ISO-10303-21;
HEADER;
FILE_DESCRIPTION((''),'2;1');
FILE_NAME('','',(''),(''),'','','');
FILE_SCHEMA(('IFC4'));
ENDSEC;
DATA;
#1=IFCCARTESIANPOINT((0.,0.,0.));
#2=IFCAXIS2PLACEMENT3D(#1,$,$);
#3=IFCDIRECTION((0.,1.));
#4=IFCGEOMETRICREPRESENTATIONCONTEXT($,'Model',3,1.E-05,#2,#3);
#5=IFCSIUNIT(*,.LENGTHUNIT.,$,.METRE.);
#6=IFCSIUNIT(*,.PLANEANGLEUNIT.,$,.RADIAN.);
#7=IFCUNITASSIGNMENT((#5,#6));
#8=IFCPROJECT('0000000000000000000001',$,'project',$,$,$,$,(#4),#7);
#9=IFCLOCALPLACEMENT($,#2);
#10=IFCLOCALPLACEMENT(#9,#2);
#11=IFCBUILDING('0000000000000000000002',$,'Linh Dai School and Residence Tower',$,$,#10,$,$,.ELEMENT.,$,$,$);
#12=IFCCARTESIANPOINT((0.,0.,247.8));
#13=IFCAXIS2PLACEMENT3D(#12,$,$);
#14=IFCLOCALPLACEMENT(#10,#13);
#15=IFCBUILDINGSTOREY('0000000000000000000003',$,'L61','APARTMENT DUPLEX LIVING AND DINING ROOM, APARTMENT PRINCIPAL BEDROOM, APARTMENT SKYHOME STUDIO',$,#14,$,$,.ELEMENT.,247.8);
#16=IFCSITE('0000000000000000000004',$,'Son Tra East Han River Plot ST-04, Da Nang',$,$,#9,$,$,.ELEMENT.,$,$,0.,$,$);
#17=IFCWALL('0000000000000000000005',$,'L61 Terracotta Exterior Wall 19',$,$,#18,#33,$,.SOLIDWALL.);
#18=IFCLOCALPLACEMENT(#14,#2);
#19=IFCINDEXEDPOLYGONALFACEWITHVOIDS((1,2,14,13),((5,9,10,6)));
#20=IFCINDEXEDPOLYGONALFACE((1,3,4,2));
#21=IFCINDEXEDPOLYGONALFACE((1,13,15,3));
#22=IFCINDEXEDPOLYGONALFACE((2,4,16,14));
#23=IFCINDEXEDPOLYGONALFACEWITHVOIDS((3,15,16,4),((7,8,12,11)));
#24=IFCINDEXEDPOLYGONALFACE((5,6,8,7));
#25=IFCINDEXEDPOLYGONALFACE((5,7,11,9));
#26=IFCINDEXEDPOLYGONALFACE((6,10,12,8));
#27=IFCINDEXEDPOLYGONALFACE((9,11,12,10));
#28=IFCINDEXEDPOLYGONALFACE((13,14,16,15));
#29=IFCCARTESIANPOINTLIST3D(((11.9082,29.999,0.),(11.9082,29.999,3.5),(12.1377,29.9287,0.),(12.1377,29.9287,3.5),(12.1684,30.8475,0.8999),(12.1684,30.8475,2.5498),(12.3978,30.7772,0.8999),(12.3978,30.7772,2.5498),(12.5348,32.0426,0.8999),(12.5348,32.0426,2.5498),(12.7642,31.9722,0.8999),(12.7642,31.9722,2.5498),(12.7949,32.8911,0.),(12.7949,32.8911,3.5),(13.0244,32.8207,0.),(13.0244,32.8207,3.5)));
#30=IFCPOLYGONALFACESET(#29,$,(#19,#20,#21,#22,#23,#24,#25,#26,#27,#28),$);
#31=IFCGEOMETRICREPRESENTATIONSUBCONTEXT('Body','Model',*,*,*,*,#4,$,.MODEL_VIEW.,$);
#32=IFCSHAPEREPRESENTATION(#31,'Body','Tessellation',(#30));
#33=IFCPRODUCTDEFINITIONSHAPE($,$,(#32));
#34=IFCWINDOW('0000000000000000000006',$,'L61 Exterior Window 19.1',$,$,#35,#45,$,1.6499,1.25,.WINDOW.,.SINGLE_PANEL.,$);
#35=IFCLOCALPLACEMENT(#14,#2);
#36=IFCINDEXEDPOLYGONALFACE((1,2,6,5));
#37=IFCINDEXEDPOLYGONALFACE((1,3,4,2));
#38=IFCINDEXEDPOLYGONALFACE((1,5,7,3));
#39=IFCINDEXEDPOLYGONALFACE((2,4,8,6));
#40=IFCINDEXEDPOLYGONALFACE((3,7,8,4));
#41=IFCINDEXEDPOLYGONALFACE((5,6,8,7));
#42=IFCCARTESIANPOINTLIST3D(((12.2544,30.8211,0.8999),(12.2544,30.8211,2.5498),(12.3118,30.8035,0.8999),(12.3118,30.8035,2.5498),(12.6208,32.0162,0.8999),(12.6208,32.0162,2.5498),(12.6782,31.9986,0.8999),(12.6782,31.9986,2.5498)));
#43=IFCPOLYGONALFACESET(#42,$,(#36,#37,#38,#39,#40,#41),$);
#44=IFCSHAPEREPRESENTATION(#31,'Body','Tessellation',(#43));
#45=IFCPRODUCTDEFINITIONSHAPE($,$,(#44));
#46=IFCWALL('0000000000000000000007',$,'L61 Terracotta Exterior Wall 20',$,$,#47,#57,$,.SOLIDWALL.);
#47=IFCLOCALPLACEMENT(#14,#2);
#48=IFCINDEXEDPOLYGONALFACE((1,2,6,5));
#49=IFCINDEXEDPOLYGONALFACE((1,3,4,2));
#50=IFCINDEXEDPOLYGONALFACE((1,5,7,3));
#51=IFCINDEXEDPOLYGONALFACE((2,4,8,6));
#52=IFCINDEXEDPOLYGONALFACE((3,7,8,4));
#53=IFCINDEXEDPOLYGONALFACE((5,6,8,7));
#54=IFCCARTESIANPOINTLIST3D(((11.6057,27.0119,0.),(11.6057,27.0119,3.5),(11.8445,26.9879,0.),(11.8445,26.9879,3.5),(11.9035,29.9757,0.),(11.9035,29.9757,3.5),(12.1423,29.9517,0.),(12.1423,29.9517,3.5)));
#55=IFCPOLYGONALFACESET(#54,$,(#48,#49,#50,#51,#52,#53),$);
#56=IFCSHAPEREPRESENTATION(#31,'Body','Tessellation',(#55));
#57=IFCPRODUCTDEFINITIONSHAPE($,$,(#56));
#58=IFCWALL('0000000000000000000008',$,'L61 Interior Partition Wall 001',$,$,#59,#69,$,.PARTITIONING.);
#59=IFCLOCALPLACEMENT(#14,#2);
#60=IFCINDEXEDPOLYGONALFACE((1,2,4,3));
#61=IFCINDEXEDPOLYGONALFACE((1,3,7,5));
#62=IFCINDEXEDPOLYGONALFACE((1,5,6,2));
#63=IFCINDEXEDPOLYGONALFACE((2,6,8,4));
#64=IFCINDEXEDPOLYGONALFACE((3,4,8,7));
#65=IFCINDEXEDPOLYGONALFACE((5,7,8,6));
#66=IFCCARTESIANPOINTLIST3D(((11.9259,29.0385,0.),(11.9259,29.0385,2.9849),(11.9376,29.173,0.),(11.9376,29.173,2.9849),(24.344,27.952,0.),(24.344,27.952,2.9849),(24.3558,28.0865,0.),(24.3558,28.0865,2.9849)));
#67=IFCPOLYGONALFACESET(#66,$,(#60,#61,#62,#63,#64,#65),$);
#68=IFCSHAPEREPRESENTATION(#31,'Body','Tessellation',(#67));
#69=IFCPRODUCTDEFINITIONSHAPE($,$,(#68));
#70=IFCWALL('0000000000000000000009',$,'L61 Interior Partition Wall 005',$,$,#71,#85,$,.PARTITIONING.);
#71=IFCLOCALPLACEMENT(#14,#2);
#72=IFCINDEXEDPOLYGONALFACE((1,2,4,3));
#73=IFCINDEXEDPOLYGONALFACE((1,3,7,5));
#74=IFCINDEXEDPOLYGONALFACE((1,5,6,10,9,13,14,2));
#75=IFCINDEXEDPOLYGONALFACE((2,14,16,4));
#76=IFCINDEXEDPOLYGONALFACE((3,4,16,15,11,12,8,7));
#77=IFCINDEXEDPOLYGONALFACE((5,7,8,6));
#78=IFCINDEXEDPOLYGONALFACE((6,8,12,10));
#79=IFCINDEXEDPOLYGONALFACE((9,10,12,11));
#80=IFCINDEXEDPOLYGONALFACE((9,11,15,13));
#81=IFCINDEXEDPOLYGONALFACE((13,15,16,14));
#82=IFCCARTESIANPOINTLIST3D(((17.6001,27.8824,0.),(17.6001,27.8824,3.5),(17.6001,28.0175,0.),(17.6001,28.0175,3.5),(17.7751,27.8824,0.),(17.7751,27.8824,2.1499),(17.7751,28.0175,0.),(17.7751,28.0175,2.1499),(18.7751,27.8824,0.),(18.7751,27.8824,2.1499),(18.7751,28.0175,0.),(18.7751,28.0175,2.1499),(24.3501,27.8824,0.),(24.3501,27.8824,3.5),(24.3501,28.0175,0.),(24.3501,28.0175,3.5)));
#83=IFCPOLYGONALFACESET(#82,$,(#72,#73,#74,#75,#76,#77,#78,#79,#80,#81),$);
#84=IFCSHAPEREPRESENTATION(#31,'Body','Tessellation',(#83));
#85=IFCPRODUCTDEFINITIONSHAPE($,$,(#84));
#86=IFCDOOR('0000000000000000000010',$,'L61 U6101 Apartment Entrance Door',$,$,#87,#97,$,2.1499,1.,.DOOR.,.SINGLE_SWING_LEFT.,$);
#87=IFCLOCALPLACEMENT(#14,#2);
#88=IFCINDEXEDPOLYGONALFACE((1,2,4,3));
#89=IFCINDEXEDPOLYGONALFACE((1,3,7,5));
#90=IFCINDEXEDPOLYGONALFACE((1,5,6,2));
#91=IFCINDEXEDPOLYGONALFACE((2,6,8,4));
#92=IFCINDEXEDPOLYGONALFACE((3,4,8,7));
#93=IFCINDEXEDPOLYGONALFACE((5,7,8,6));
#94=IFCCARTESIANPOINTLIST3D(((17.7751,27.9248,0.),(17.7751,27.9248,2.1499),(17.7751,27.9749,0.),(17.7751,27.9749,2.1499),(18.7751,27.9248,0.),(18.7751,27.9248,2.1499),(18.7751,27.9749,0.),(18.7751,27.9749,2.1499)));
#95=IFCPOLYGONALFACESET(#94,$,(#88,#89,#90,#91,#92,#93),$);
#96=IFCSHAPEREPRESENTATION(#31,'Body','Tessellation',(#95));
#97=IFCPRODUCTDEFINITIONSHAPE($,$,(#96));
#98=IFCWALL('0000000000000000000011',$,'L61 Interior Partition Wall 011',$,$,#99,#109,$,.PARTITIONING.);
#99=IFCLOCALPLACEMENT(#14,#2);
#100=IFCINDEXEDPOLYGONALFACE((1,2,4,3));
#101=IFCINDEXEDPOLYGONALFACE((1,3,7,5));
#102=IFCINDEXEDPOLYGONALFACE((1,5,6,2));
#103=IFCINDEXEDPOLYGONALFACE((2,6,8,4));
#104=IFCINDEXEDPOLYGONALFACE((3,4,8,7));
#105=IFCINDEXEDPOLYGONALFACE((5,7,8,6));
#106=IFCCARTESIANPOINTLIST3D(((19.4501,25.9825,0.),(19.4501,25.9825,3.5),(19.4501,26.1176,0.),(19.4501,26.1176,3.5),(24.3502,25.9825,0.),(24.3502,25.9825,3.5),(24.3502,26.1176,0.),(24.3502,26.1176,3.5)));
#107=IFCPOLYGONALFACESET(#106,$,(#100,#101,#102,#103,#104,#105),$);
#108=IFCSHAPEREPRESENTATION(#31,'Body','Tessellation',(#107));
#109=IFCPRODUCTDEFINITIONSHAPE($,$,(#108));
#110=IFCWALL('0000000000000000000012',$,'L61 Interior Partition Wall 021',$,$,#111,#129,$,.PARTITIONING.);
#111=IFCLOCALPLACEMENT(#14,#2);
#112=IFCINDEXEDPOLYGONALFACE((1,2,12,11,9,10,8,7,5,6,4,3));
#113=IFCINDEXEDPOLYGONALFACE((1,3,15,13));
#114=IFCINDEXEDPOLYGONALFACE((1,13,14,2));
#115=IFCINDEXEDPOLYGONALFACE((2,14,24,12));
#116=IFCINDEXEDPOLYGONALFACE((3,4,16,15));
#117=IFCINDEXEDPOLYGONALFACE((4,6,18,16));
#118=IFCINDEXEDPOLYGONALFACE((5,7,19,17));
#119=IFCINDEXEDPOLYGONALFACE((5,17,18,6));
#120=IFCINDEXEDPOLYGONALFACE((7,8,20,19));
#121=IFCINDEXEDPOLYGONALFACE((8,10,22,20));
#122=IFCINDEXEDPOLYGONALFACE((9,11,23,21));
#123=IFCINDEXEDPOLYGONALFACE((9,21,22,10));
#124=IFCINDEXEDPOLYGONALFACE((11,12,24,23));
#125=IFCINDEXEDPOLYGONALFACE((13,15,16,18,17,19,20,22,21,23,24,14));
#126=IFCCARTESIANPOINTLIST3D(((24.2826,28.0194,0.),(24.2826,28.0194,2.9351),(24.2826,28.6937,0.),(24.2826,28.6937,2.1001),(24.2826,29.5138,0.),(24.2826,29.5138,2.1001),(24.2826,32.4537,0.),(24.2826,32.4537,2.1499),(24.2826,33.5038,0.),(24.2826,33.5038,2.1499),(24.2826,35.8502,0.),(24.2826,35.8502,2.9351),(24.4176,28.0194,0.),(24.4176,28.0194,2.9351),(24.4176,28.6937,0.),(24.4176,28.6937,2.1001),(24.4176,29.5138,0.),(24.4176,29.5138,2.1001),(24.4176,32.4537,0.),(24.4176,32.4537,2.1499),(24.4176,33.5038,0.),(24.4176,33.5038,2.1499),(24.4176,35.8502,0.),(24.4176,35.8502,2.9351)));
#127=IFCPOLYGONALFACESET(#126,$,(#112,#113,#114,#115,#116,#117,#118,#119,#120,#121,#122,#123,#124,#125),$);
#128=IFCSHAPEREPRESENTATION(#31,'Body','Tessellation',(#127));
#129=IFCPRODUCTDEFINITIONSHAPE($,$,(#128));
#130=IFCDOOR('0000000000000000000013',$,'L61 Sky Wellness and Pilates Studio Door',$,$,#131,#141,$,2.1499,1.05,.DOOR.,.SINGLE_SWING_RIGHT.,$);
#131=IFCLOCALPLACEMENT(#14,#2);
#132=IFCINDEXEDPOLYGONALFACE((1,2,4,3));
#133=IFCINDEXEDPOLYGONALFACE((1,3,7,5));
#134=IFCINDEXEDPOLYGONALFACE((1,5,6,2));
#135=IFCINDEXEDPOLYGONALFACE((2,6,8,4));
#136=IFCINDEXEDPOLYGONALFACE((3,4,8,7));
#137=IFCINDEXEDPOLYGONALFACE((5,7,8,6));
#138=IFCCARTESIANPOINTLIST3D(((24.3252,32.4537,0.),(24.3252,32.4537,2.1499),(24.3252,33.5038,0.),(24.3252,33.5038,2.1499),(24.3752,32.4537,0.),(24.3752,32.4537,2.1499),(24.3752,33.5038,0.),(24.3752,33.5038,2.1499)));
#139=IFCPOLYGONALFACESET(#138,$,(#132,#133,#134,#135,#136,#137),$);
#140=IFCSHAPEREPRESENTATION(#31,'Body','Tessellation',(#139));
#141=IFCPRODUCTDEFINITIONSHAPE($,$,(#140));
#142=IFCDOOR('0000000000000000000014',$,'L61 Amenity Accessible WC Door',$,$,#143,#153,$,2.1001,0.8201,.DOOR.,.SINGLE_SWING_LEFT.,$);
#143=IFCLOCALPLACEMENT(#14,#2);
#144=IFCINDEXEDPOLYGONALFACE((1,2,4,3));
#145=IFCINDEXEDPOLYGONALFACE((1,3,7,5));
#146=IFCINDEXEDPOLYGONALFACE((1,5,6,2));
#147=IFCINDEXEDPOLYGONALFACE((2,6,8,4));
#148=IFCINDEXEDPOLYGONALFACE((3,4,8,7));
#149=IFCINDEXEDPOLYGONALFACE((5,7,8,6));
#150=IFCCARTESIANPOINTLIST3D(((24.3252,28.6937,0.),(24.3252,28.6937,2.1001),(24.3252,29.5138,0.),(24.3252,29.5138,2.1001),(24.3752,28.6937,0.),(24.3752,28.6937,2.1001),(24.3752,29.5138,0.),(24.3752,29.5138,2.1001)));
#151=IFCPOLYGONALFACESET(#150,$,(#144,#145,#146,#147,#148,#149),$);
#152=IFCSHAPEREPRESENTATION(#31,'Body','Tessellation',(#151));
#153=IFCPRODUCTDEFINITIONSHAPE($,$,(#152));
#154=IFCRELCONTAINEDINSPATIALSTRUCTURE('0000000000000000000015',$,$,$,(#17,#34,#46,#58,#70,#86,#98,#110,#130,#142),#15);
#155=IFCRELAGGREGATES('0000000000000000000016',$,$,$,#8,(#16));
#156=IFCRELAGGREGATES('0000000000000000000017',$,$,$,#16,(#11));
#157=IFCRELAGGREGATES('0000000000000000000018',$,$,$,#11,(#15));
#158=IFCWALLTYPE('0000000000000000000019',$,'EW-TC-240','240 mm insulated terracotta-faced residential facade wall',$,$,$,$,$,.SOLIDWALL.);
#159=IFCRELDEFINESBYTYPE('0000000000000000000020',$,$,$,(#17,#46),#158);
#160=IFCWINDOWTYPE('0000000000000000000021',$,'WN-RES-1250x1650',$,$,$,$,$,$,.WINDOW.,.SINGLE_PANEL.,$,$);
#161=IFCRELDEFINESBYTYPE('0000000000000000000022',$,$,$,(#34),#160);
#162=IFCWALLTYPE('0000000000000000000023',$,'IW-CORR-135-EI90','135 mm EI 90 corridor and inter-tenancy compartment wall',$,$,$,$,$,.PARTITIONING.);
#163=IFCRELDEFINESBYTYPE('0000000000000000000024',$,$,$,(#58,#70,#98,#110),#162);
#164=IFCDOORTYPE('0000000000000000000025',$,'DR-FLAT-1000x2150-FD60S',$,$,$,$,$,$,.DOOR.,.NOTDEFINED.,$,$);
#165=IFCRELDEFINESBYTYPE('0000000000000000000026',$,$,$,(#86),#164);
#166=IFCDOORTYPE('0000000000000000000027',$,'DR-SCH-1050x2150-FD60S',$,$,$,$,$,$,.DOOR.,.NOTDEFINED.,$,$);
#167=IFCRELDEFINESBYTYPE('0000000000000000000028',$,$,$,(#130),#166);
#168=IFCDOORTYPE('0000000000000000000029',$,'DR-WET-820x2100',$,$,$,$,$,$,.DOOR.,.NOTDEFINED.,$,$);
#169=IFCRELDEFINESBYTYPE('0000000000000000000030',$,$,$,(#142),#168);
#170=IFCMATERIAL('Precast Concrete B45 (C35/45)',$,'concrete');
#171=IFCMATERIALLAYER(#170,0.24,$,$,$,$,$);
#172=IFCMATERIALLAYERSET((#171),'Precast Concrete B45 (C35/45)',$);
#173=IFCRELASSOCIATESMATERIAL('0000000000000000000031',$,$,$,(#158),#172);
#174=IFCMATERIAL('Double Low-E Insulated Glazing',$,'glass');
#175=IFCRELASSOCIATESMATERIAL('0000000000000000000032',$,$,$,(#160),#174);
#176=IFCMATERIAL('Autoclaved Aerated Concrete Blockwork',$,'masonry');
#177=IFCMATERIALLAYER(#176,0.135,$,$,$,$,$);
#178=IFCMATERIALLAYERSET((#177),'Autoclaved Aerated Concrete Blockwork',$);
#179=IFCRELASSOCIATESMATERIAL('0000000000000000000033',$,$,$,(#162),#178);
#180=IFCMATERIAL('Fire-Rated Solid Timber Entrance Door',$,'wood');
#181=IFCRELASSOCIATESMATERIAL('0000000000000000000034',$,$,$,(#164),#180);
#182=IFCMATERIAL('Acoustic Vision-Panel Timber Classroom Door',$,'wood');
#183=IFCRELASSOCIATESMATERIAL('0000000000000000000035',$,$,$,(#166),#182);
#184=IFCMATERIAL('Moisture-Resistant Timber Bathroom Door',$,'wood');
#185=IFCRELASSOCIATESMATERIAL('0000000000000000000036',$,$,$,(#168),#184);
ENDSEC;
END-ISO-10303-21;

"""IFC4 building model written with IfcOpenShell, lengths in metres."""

from ifc_helpers import new_model, si_unit, direction, frame, frame_2d, origin, origin_2d, place, context, subcontext, project, spatial, rectangle, extrude, source, transform, mapped, material, layer, layer_set, type_object, element, fill, save


model = new_model("IFC4")

# Units and contexts
model_context = context("Model", 3, precision=1e-05, world=origin(), true_north=direction((0.0, 1.0)))
body_context = subcontext(model_context, "Body", "Model", "MODEL_VIEW")
ifc_project = project(units=[si_unit("LENGTHUNIT", "METRE"), si_unit("PLANEANGLEUNIT", "RADIAN")], contexts=[model_context])

# Site, building, storey
site_placement = place(None, origin())
site = spatial("IfcSite", under=ifc_project, at=site_placement, Name="Son Tra East Han River Plot ST-04, Da Nang", CompositionType="ELEMENT", RefElevation=0.0)
building_placement = place(site_placement, origin())
building = spatial("IfcBuilding", under=site, at=building_placement, Name="Linh Dai School and Residence Tower", CompositionType="ELEMENT")
storey_placement = place(building_placement, frame((0.0, 0.0, 247.8)))
storey = spatial("IfcBuildingStorey", under=building, at=storey_placement, Name="L61", Description="APARTMENT DUPLEX LIVING AND DINING ROOM, APARTMENT PRINCIPAL BEDROOM, APARTMENT SKYHOME STUDIO", CompositionType="ELEMENT", Elevation=247.8)

# Shared definitions
ifc_material_1 = material(Name="Precast Concrete B45 (C35/45)", Category="concrete")
ifc_layer_1 = layer(ifc_material_1, 0.24)
ifc_layer_set_1 = layer_set([ifc_layer_1], Name="Precast Concrete B45 (C35/45)")
wall_type_1 = type_object("IfcWallType", Name="EW-TC-240", Description="240 mm insulated terracotta-faced residential facade wall", PredefinedType="SOLIDWALL", material=ifc_layer_set_1)

# Wall, opening, window
wall_1_placement = place(storey_placement, frame((12.0229, 29.9639, 0.0), z_axis=(0.0, 0.0, 1.0), x_axis=(0.293133, 0.956072, 0.0)))
wall_1 = element("IfcWall", 1, at=wall_1_placement, inside=storey, type_object=wall_type_1, Name="L61 Terracotta Exterior Wall 19", PredefinedType="SOLIDWALL", context=body_context, shape_type="SweptSolid", body=[
    extrude(rectangle(XDim=3.0249, YDim=0.24, at=frame_2d((1.5125, 0.0))), origin(), (0.0, 0.0, 1.0), 3.5),
])
opening_1_placement = place(wall_1_placement, frame((0.8875, 0.0, 0.8999)))
opening_1 = element("IfcOpeningElement", 2, at=opening_1_placement, cuts=wall_1, PredefinedType="OPENING", context=body_context, shape_type="SweptSolid", body=[
    extrude(rectangle(XDim=1.25, YDim=1.6499, at=origin_2d()), frame((0.625, 0.1299, 0.825), z_axis=(0.0, -1.0, 0.0), x_axis=(1.0, 0.0, 0.0)), (0.0, 0.0, 1.0), 0.26),
])
ifc_material_2 = material(Name="Double Low-E Insulated Glazing", Category="glass")
window_type = type_object("IfcWindowType", Name="WN-RES-1250x1650", PartitioningType="SINGLE_PANEL", PredefinedType="WINDOW", material=ifc_material_2)
shared_shape_1 = source(origin(), body_context, "Body", "SweptSolid", [
    extrude(rectangle(XDim=1.25, YDim=1.6499, at=origin_2d()), frame((0.625, 0.03, 0.825), z_axis=(0.0, -1.0, 0.0), x_axis=(1.0, 0.0, 0.0)), (0.0, 0.0, 1.0), 0.0601),
])
window_placement = place(opening_1_placement, origin())
window = element("IfcWindow", 3, at=window_placement, inside=storey, type_object=window_type, Name="L61 Exterior Window 19.1", OverallHeight=1.6499, OverallWidth=1.25, PartitioningType="SINGLE_PANEL", PredefinedType="WINDOW", context=body_context, shape_type="MappedRepresentation", body=[
    mapped(shared_shape_1, transform((0.0, 0.0, 0.0), x_axis=(1.0, 0.0, 0.0), y_axis=(0.0, 1.0, 0.0), z_axis=(0.0, 0.0, 1.0), scale=1.0)),
])
fill(opening_1, window)

# Walls
wall_2_placement = place(storey_placement, frame((11.7251, 27.0, 0.0), z_axis=(0.0, 0.0, 1.0), x_axis=(0.099991, 0.994988, 0.0)))
element("IfcWall", 4, at=wall_2_placement, inside=storey, type_object=wall_type_1, Name="L61 Terracotta Exterior Wall 20", PredefinedType="SOLIDWALL", context=body_context, shape_type="SweptSolid", body=[
    extrude(rectangle(XDim=2.9788, YDim=0.24, at=frame_2d((1.4893, 0.0))), origin(), (0.0, 0.0, 1.0), 3.5),
])
ifc_material_3 = material(Name="Autoclaved Aerated Concrete Blockwork", Category="masonry")
ifc_layer_2 = layer(ifc_material_3, 0.135)
ifc_layer_set_2 = layer_set([ifc_layer_2], Name="Autoclaved Aerated Concrete Blockwork")
wall_type_2 = type_object("IfcWallType", Name="IW-CORR-135-EI90", Description="135 mm EI 90 corridor and inter-tenancy compartment wall", PredefinedType="PARTITIONING", material=ifc_layer_set_2)
wall_3_placement = place(storey_placement, frame((11.9316, 29.1057, 0.0), z_axis=(0.0, 0.0, 1.0), x_axis=(0.996195, -0.087154, 0.0)))
element("IfcWall", 5, at=wall_3_placement, inside=storey, type_object=wall_type_2, Name="L61 Interior Partition Wall 001", PredefinedType="PARTITIONING", context=body_context, shape_type="SweptSolid", body=[
    extrude(rectangle(XDim=12.4656, YDim=0.135, at=frame_2d((6.2329, 0.0))), origin(), (0.0, 0.0, 1.0), 2.9849),
])

# Wall, opening, door
wall_4_placement = place(storey_placement, frame((17.6001, 27.95, 0.0), z_axis=(0.0, 0.0, 1.0), x_axis=(1.0, 0.0, 0.0)))
wall_4 = element("IfcWall", 6, at=wall_4_placement, inside=storey, type_object=wall_type_2, Name="L61 Interior Partition Wall 005", PredefinedType="PARTITIONING", context=body_context, shape_type="SweptSolid", body=[
    extrude(rectangle(XDim=6.75, YDim=0.135, at=frame_2d((3.375, 0.0))), origin(), (0.0, 0.0, 1.0), 3.5),
])
opening_2_placement = place(wall_4_placement, frame((0.175, 0.0, 0.0)))
opening_2 = element("IfcOpeningElement", 7, at=opening_2_placement, cuts=wall_4, PredefinedType="OPENING", context=body_context, shape_type="SweptSolid", body=[
    extrude(rectangle(XDim=1.0, YDim=2.1499, at=origin_2d()), frame((0.5, 0.0776, 1.075), z_axis=(0.0, -1.0, 0.0), x_axis=(1.0, 0.0, 0.0)), (0.0, 0.0, 1.0), 0.155),
])
ifc_material_4 = material(Name="Fire-Rated Solid Timber Entrance Door", Category="wood")
door_type_1 = type_object("IfcDoorType", Name="DR-FLAT-1000x2150-FD60S", OperationType="NOTDEFINED", PredefinedType="DOOR", material=ifc_material_4)
shared_shape_2 = source(origin(), body_context, "Body", "SweptSolid", [
    extrude(rectangle(XDim=1.0, YDim=2.1499, at=origin_2d()), frame((0.5, 0.0249, 1.075), z_axis=(0.0, -1.0, 0.0), x_axis=(1.0, 0.0, 0.0)), (0.0, 0.0, 1.0), 0.05),
])
door_1_placement = place(opening_2_placement, origin())
door_1 = element("IfcDoor", 8, at=door_1_placement, inside=storey, type_object=door_type_1, Name="L61 U6101 Apartment Entrance Door", OperationType="SINGLE_SWING_LEFT", OverallHeight=2.1499, OverallWidth=1.0, PredefinedType="DOOR", context=body_context, shape_type="MappedRepresentation", body=[
    mapped(shared_shape_2, transform((0.0, 0.0, 0.0), x_axis=(1.0, 0.0, 0.0), y_axis=(0.0, 1.0, 0.0), z_axis=(0.0, 0.0, 1.0), scale=1.0)),
])
fill(opening_2, door_1)

# Wall
wall_5_placement = place(storey_placement, frame((19.45, 26.05, 0.0), z_axis=(0.0, 0.0, 1.0), x_axis=(1.0, 0.0, 0.0)))
element("IfcWall", 9, at=wall_5_placement, inside=storey, type_object=wall_type_2, Name="L61 Interior Partition Wall 011", PredefinedType="PARTITIONING", context=body_context, shape_type="SweptSolid", body=[
    extrude(rectangle(XDim=4.9001, YDim=0.135, at=frame_2d((2.4502, 0.0))), origin(), (0.0, 0.0, 1.0), 3.5),
])

# Wall, openings, doors
wall_6_placement = place(storey_placement, frame((24.3501, 28.0193, 0.0), z_axis=(0.0, 0.0, 1.0), x_axis=(0.0, 1.0, 0.0)))
wall_6 = element("IfcWall", 10, at=wall_6_placement, inside=storey, type_object=wall_type_2, Name="L61 Interior Partition Wall 021", PredefinedType="PARTITIONING", context=body_context, shape_type="SweptSolid", body=[
    extrude(rectangle(XDim=7.8308, YDim=0.135, at=frame_2d((3.9155, 0.0))), origin(), (0.0, 0.0, 1.0), 2.9351),
])
opening_3_placement = place(wall_6_placement, frame((4.4346, 0.0, 0.0)))
opening_3 = element("IfcOpeningElement", 11, at=opening_3_placement, cuts=wall_6, PredefinedType="OPENING", context=body_context, shape_type="SweptSolid", body=[
    extrude(rectangle(XDim=1.05, YDim=2.1499, at=origin_2d()), frame((0.5249, 0.0776, 1.075), z_axis=(0.0, -1.0, 0.0), x_axis=(1.0, 0.0, 0.0)), (0.0, 0.0, 1.0), 0.155),
])
opening_4_placement = place(wall_6_placement, frame((0.6743, 0.0, 0.0)))
opening_4 = element("IfcOpeningElement", 12, at=opening_4_placement, cuts=wall_6, PredefinedType="OPENING", context=body_context, shape_type="SweptSolid", body=[
    extrude(rectangle(XDim=0.8201, YDim=2.1001, at=origin_2d()), frame((0.4102, 0.0776, 1.05), z_axis=(0.0, -1.0, 0.0), x_axis=(1.0, 0.0, 0.0)), (0.0, 0.0, 1.0), 0.155),
])
ifc_material_5 = material(Name="Acoustic Vision-Panel Timber Classroom Door", Category="wood")
door_type_2 = type_object("IfcDoorType", Name="DR-SCH-1050x2150-FD60S", OperationType="NOTDEFINED", PredefinedType="DOOR", material=ifc_material_5)
shared_shape_3 = source(origin(), body_context, "Body", "SweptSolid", [
    extrude(rectangle(XDim=1.05, YDim=2.1499, at=origin_2d()), frame((0.5249, 0.0249, 1.075), z_axis=(0.0, -1.0, 0.0), x_axis=(1.0, 0.0, 0.0)), (0.0, 0.0, 1.0), 0.05),
])
door_2_placement = place(opening_3_placement, origin())
door_2 = element("IfcDoor", 13, at=door_2_placement, inside=storey, type_object=door_type_2, Name="L61 Sky Wellness and Pilates Studio Door", OperationType="SINGLE_SWING_RIGHT", OverallHeight=2.1499, OverallWidth=1.05, PredefinedType="DOOR", context=body_context, shape_type="MappedRepresentation", body=[
    mapped(shared_shape_3, transform((0.0, 0.0, 0.0), x_axis=(1.0, 0.0, 0.0), y_axis=(0.0, 1.0, 0.0), z_axis=(0.0, 0.0, 1.0), scale=1.0)),
])
fill(opening_3, door_2)
ifc_material_6 = material(Name="Moisture-Resistant Timber Bathroom Door", Category="wood")
door_type_3 = type_object("IfcDoorType", Name="DR-WET-820x2100", OperationType="NOTDEFINED", PredefinedType="DOOR", material=ifc_material_6)
shared_shape_4 = source(origin(), body_context, "Body", "SweptSolid", [
    extrude(rectangle(XDim=0.8201, YDim=2.1001, at=origin_2d()), frame((0.4102, 0.0249, 1.05), z_axis=(0.0, -1.0, 0.0), x_axis=(1.0, 0.0, 0.0)), (0.0, 0.0, 1.0), 0.05),
])
door_3_placement = place(opening_4_placement, origin())
door_3 = element("IfcDoor", 14, at=door_3_placement, inside=storey, type_object=door_type_3, Name="L61 Amenity Accessible WC Door", OperationType="SINGLE_SWING_LEFT", OverallHeight=2.1001, OverallWidth=0.8201, PredefinedType="DOOR", context=body_context, shape_type="MappedRepresentation", body=[
    mapped(shared_shape_4, transform((0.0, 0.0, 0.0), x_axis=(1.0, 0.0, 0.0), y_axis=(0.0, 1.0, 0.0), z_axis=(0.0, 0.0, 1.0), scale=1.0)),
])
fill(opening_4, door_3)

save(model, "model.ifc")
